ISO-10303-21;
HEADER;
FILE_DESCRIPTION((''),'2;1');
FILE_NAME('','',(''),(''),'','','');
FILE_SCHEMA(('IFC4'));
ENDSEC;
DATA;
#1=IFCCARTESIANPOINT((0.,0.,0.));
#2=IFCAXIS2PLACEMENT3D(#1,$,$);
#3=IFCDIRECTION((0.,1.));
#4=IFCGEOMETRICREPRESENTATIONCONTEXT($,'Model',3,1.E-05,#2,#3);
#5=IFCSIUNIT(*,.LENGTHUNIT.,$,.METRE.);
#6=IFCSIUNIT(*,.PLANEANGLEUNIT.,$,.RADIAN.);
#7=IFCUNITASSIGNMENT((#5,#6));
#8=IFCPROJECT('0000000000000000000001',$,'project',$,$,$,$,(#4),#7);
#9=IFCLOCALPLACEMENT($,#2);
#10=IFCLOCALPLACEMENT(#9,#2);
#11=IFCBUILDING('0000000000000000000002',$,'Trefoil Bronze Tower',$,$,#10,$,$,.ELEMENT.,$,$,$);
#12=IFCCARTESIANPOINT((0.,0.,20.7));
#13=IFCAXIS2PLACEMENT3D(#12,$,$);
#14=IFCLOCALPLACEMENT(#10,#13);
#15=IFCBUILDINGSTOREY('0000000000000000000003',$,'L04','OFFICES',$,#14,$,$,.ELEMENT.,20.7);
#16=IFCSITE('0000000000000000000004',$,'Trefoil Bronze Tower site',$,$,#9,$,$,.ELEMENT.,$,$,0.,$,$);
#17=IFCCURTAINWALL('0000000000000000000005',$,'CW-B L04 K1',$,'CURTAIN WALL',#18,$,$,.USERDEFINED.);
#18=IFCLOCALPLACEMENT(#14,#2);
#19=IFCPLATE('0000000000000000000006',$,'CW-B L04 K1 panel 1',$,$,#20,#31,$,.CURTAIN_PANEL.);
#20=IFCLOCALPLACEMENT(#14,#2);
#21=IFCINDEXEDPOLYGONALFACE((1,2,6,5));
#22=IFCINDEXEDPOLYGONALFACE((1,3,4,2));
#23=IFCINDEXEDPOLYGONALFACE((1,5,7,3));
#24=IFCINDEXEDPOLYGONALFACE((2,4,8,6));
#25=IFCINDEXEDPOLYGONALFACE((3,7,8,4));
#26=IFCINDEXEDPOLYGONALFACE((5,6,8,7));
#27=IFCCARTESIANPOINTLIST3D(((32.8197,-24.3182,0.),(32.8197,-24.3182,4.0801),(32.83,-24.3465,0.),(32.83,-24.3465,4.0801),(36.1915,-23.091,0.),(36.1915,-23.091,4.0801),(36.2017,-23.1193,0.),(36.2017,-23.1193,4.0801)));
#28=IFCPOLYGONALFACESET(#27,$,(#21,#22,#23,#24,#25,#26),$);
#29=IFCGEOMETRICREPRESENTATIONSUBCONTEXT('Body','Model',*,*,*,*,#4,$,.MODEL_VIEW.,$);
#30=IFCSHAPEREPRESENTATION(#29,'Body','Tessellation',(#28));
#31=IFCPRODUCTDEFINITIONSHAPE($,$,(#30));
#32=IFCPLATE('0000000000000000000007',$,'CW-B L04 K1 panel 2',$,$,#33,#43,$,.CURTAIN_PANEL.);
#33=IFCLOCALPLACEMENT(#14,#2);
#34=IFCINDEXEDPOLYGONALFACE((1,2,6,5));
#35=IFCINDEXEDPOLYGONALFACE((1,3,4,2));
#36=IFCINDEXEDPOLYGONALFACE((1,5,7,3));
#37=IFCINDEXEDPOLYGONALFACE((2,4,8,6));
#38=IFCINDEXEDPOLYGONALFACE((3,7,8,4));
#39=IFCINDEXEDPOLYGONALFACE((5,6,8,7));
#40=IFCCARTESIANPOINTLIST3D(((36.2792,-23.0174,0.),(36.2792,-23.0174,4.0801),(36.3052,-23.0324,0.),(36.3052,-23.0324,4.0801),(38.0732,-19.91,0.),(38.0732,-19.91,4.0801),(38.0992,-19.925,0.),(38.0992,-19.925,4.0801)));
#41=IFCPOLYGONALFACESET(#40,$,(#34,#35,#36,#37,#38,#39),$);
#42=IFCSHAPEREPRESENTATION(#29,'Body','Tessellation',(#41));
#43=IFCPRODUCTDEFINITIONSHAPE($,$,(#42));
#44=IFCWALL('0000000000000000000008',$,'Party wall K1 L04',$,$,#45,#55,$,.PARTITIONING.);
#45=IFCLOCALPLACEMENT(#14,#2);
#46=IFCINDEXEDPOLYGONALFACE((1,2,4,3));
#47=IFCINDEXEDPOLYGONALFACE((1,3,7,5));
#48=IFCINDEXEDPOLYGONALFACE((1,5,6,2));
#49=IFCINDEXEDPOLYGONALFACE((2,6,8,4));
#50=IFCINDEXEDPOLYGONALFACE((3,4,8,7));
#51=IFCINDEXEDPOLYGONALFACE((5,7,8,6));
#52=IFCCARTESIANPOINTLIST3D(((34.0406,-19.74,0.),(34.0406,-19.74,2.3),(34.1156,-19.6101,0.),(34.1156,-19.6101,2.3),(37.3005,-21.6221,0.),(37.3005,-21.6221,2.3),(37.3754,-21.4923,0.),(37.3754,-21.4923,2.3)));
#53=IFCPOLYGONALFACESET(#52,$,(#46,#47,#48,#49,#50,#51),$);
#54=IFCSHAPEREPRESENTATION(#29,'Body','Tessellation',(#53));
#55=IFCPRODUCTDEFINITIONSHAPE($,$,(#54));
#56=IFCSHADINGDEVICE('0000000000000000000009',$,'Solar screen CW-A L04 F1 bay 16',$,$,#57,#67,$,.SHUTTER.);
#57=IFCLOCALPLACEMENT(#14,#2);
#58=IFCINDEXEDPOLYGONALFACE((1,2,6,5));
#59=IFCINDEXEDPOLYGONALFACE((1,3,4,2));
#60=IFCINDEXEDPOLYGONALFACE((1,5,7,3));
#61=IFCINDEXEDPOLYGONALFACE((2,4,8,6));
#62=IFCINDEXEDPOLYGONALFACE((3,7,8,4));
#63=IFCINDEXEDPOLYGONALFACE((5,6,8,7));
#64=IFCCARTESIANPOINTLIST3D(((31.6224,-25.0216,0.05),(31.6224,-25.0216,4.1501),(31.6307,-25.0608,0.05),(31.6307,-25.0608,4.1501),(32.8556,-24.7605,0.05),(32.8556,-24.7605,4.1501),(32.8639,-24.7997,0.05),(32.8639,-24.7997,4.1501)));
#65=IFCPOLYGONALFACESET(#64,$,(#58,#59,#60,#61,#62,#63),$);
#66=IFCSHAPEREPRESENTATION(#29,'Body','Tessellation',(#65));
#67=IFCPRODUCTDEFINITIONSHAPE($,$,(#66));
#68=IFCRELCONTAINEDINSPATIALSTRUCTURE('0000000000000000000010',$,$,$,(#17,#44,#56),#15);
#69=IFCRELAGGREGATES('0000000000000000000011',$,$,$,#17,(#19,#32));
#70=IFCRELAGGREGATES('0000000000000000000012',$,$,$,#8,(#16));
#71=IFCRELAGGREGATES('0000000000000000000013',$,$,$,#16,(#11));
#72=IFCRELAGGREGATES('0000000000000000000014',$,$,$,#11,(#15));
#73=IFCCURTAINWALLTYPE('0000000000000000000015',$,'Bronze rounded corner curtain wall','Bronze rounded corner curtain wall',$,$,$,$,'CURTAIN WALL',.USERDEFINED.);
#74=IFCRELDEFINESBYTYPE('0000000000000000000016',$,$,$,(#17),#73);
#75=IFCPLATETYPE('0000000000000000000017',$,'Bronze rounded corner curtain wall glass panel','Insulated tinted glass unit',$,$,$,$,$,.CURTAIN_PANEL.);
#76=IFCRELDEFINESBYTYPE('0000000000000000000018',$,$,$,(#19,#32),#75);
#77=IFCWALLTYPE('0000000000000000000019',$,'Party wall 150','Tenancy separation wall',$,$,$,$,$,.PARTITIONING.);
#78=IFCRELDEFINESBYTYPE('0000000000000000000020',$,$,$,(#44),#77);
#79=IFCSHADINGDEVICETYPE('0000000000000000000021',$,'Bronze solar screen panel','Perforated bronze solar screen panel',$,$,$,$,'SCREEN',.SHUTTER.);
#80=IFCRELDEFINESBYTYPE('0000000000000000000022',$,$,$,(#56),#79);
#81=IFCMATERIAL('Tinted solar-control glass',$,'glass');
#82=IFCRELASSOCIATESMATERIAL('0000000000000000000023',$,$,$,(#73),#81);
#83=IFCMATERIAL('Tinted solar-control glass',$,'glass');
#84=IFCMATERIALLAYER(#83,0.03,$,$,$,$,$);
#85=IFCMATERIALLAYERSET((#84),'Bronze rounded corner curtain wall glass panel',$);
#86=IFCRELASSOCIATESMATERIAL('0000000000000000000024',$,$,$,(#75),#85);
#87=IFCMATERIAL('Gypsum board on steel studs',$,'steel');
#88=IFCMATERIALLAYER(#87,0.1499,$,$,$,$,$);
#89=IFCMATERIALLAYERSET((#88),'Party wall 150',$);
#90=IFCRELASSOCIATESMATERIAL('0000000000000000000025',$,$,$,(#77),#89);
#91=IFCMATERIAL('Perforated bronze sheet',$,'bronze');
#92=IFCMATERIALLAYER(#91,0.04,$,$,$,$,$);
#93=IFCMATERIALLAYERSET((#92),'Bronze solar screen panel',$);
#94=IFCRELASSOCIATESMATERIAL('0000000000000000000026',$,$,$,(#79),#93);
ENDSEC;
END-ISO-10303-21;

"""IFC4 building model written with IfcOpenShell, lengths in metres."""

from ifc_helpers import new_model, si_unit, direction, frame, frame_2d, origin, origin_2d, place, context, subcontext, project, spatial, rectangle, extrude, material, layer, layer_set, type_object, element, aggregate, save


model = new_model("IFC4")

# Units and contexts
model_context = context("Model", 3, precision=1e-05, world=origin(), true_north=direction((0.0, 1.0)))
body_context = subcontext(model_context, "Body", "Model", "MODEL_VIEW")
ifc_project = project(units=[si_unit("LENGTHUNIT", "METRE"), si_unit("PLANEANGLEUNIT", "RADIAN")], contexts=[model_context])

# Site, building, storey
site_placement = place(None, origin())
site = spatial("IfcSite", under=ifc_project, at=site_placement, Name="Trefoil Bronze Tower site", CompositionType="ELEMENT", RefElevation=0.0)
building_placement = place(site_placement, origin())
building = spatial("IfcBuilding", under=site, at=building_placement, Name="Trefoil Bronze Tower", CompositionType="ELEMENT")
storey_placement = place(building_placement, frame((0.0, 0.0, 20.7)))
storey = spatial("IfcBuildingStorey", under=building, at=storey_placement, Name="L04", Description="OFFICES", CompositionType="ELEMENT", Elevation=20.7)

# Curtain wall
ifc_material_1 = material(Name="Tinted solar-control glass", Category="glass")
curtain_wall_type_1 = type_object("IfcCurtainWallType", Name="Bronze rounded corner curtain wall", Description="Bronze rounded corner curtain wall", ElementType="CURTAIN WALL", PredefinedType="USERDEFINED", material=ifc_material_1)
curtain_wall_1_placement = place(storey_placement, origin())
curtain_wall_1 = element("IfcCurtainWall", 1, at=curtain_wall_1_placement, inside=storey, type_object=curtain_wall_type_1, Name="CW-B L04 K1", ObjectType="CURTAIN WALL", PredefinedType="USERDEFINED")

# Plates
ifc_material_2 = material(Name="Tinted solar-control glass", Category="glass")
ifc_layer_1 = layer(ifc_material_2, 0.03)
ifc_layer_set_1 = layer_set([ifc_layer_1], Name="Bronze rounded corner curtain wall glass panel")
plate_type_1 = type_object("IfcPlateType", Name="Bronze rounded corner curtain wall glass panel", Description="Insulated tinted glass unit", PredefinedType="CURTAIN_PANEL", material=ifc_layer_set_1)
plate_1_placement = place(storey_placement, frame((34.5107, -23.7188, 0.0), z_axis=(0.0, 0.0, 1.0), x_axis=(0.939693, 0.34202, 0.0)))
plate_1 = element("IfcPlate", 2, at=plate_1_placement, type_object=plate_type_1, Name="CW-B L04 K1 panel 1", PredefinedType="CURTAIN_PANEL", context=body_context, shape_type="SweptSolid", body=[
    extrude(rectangle(XDim=3.5881, YDim=0.03, at=origin_2d()), origin(), (0.0, 0.0, 1.0), 4.0801),
])
plate_2_placement = place(storey_placement, frame((37.1892, -21.4712, 0.0), z_axis=(0.0, 0.0, 1.0), x_axis=(0.5, 0.866025, 0.0)))
plate_2 = element("IfcPlate", 3, at=plate_2_placement, type_object=plate_type_1, Name="CW-B L04 K1 panel 2", PredefinedType="CURTAIN_PANEL", context=body_context, shape_type="SweptSolid", body=[
    extrude(rectangle(XDim=3.5881, YDim=0.03, at=origin_2d()), origin(), (0.0, 0.0, 1.0), 4.0801),
])
aggregate(curtain_wall_1, [plate_1, plate_2])

# Wall
ifc_material_3 = material(Name="Gypsum board on steel studs", Category="steel")
ifc_layer_2 = layer(ifc_material_3, 0.1499)
ifc_layer_set_2 = layer_set([ifc_layer_2], Name="Party wall 150")
wall_type = type_object("IfcWallType", Name="Party wall 150", Description="Tenancy separation wall", PredefinedType="PARTITIONING", material=ifc_layer_set_2)
wall_placement = place(storey_placement, frame((34.0781, -19.675, 0.0), z_axis=(0.0, 0.0, 1.0), x_axis=(0.866019, -0.500011, 0.0)))
element("IfcWall", 4, at=wall_placement, inside=storey, type_object=wall_type, Name="Party wall K1 L04", PredefinedType="PARTITIONING", context=body_context, shape_type="SweptSolid", body=[
    extrude(rectangle(XDim=3.7642, YDim=0.1499, at=frame_2d((1.8821, 0.0))), origin(), (0.0, 0.0, 1.0), 2.3),
])

# Shading device
ifc_material_4 = material(Name="Perforated bronze sheet", Category="bronze")
ifc_layer_3 = layer(ifc_material_4, 0.04)
ifc_layer_set_3 = layer_set([ifc_layer_3], Name="Bronze solar screen panel")
shading_device_type = type_object("IfcShadingDeviceType", Name="Bronze solar screen panel", Description="Perforated bronze solar screen panel", ElementType="SCREEN", PredefinedType="SHUTTER", material=ifc_layer_set_3)
shading_device_placement = place(storey_placement, frame((32.2432, -24.9106, 0.05), z_axis=(0.0, 0.0, 1.0), x_axis=(0.978303, 0.207181, 0.0)))
element("IfcShadingDevice", 5, at=shading_device_placement, inside=storey, type_object=shading_device_type, Name="Solar screen CW-A L04 F1 bay 16", PredefinedType="SHUTTER", context=body_context, shape_type="SweptSolid", body=[
    extrude(rectangle(XDim=1.2605, YDim=0.04, at=origin_2d()), origin(), (0.0, 0.0, 1.0), 4.1001),
])

save(model, "model.ifc")
